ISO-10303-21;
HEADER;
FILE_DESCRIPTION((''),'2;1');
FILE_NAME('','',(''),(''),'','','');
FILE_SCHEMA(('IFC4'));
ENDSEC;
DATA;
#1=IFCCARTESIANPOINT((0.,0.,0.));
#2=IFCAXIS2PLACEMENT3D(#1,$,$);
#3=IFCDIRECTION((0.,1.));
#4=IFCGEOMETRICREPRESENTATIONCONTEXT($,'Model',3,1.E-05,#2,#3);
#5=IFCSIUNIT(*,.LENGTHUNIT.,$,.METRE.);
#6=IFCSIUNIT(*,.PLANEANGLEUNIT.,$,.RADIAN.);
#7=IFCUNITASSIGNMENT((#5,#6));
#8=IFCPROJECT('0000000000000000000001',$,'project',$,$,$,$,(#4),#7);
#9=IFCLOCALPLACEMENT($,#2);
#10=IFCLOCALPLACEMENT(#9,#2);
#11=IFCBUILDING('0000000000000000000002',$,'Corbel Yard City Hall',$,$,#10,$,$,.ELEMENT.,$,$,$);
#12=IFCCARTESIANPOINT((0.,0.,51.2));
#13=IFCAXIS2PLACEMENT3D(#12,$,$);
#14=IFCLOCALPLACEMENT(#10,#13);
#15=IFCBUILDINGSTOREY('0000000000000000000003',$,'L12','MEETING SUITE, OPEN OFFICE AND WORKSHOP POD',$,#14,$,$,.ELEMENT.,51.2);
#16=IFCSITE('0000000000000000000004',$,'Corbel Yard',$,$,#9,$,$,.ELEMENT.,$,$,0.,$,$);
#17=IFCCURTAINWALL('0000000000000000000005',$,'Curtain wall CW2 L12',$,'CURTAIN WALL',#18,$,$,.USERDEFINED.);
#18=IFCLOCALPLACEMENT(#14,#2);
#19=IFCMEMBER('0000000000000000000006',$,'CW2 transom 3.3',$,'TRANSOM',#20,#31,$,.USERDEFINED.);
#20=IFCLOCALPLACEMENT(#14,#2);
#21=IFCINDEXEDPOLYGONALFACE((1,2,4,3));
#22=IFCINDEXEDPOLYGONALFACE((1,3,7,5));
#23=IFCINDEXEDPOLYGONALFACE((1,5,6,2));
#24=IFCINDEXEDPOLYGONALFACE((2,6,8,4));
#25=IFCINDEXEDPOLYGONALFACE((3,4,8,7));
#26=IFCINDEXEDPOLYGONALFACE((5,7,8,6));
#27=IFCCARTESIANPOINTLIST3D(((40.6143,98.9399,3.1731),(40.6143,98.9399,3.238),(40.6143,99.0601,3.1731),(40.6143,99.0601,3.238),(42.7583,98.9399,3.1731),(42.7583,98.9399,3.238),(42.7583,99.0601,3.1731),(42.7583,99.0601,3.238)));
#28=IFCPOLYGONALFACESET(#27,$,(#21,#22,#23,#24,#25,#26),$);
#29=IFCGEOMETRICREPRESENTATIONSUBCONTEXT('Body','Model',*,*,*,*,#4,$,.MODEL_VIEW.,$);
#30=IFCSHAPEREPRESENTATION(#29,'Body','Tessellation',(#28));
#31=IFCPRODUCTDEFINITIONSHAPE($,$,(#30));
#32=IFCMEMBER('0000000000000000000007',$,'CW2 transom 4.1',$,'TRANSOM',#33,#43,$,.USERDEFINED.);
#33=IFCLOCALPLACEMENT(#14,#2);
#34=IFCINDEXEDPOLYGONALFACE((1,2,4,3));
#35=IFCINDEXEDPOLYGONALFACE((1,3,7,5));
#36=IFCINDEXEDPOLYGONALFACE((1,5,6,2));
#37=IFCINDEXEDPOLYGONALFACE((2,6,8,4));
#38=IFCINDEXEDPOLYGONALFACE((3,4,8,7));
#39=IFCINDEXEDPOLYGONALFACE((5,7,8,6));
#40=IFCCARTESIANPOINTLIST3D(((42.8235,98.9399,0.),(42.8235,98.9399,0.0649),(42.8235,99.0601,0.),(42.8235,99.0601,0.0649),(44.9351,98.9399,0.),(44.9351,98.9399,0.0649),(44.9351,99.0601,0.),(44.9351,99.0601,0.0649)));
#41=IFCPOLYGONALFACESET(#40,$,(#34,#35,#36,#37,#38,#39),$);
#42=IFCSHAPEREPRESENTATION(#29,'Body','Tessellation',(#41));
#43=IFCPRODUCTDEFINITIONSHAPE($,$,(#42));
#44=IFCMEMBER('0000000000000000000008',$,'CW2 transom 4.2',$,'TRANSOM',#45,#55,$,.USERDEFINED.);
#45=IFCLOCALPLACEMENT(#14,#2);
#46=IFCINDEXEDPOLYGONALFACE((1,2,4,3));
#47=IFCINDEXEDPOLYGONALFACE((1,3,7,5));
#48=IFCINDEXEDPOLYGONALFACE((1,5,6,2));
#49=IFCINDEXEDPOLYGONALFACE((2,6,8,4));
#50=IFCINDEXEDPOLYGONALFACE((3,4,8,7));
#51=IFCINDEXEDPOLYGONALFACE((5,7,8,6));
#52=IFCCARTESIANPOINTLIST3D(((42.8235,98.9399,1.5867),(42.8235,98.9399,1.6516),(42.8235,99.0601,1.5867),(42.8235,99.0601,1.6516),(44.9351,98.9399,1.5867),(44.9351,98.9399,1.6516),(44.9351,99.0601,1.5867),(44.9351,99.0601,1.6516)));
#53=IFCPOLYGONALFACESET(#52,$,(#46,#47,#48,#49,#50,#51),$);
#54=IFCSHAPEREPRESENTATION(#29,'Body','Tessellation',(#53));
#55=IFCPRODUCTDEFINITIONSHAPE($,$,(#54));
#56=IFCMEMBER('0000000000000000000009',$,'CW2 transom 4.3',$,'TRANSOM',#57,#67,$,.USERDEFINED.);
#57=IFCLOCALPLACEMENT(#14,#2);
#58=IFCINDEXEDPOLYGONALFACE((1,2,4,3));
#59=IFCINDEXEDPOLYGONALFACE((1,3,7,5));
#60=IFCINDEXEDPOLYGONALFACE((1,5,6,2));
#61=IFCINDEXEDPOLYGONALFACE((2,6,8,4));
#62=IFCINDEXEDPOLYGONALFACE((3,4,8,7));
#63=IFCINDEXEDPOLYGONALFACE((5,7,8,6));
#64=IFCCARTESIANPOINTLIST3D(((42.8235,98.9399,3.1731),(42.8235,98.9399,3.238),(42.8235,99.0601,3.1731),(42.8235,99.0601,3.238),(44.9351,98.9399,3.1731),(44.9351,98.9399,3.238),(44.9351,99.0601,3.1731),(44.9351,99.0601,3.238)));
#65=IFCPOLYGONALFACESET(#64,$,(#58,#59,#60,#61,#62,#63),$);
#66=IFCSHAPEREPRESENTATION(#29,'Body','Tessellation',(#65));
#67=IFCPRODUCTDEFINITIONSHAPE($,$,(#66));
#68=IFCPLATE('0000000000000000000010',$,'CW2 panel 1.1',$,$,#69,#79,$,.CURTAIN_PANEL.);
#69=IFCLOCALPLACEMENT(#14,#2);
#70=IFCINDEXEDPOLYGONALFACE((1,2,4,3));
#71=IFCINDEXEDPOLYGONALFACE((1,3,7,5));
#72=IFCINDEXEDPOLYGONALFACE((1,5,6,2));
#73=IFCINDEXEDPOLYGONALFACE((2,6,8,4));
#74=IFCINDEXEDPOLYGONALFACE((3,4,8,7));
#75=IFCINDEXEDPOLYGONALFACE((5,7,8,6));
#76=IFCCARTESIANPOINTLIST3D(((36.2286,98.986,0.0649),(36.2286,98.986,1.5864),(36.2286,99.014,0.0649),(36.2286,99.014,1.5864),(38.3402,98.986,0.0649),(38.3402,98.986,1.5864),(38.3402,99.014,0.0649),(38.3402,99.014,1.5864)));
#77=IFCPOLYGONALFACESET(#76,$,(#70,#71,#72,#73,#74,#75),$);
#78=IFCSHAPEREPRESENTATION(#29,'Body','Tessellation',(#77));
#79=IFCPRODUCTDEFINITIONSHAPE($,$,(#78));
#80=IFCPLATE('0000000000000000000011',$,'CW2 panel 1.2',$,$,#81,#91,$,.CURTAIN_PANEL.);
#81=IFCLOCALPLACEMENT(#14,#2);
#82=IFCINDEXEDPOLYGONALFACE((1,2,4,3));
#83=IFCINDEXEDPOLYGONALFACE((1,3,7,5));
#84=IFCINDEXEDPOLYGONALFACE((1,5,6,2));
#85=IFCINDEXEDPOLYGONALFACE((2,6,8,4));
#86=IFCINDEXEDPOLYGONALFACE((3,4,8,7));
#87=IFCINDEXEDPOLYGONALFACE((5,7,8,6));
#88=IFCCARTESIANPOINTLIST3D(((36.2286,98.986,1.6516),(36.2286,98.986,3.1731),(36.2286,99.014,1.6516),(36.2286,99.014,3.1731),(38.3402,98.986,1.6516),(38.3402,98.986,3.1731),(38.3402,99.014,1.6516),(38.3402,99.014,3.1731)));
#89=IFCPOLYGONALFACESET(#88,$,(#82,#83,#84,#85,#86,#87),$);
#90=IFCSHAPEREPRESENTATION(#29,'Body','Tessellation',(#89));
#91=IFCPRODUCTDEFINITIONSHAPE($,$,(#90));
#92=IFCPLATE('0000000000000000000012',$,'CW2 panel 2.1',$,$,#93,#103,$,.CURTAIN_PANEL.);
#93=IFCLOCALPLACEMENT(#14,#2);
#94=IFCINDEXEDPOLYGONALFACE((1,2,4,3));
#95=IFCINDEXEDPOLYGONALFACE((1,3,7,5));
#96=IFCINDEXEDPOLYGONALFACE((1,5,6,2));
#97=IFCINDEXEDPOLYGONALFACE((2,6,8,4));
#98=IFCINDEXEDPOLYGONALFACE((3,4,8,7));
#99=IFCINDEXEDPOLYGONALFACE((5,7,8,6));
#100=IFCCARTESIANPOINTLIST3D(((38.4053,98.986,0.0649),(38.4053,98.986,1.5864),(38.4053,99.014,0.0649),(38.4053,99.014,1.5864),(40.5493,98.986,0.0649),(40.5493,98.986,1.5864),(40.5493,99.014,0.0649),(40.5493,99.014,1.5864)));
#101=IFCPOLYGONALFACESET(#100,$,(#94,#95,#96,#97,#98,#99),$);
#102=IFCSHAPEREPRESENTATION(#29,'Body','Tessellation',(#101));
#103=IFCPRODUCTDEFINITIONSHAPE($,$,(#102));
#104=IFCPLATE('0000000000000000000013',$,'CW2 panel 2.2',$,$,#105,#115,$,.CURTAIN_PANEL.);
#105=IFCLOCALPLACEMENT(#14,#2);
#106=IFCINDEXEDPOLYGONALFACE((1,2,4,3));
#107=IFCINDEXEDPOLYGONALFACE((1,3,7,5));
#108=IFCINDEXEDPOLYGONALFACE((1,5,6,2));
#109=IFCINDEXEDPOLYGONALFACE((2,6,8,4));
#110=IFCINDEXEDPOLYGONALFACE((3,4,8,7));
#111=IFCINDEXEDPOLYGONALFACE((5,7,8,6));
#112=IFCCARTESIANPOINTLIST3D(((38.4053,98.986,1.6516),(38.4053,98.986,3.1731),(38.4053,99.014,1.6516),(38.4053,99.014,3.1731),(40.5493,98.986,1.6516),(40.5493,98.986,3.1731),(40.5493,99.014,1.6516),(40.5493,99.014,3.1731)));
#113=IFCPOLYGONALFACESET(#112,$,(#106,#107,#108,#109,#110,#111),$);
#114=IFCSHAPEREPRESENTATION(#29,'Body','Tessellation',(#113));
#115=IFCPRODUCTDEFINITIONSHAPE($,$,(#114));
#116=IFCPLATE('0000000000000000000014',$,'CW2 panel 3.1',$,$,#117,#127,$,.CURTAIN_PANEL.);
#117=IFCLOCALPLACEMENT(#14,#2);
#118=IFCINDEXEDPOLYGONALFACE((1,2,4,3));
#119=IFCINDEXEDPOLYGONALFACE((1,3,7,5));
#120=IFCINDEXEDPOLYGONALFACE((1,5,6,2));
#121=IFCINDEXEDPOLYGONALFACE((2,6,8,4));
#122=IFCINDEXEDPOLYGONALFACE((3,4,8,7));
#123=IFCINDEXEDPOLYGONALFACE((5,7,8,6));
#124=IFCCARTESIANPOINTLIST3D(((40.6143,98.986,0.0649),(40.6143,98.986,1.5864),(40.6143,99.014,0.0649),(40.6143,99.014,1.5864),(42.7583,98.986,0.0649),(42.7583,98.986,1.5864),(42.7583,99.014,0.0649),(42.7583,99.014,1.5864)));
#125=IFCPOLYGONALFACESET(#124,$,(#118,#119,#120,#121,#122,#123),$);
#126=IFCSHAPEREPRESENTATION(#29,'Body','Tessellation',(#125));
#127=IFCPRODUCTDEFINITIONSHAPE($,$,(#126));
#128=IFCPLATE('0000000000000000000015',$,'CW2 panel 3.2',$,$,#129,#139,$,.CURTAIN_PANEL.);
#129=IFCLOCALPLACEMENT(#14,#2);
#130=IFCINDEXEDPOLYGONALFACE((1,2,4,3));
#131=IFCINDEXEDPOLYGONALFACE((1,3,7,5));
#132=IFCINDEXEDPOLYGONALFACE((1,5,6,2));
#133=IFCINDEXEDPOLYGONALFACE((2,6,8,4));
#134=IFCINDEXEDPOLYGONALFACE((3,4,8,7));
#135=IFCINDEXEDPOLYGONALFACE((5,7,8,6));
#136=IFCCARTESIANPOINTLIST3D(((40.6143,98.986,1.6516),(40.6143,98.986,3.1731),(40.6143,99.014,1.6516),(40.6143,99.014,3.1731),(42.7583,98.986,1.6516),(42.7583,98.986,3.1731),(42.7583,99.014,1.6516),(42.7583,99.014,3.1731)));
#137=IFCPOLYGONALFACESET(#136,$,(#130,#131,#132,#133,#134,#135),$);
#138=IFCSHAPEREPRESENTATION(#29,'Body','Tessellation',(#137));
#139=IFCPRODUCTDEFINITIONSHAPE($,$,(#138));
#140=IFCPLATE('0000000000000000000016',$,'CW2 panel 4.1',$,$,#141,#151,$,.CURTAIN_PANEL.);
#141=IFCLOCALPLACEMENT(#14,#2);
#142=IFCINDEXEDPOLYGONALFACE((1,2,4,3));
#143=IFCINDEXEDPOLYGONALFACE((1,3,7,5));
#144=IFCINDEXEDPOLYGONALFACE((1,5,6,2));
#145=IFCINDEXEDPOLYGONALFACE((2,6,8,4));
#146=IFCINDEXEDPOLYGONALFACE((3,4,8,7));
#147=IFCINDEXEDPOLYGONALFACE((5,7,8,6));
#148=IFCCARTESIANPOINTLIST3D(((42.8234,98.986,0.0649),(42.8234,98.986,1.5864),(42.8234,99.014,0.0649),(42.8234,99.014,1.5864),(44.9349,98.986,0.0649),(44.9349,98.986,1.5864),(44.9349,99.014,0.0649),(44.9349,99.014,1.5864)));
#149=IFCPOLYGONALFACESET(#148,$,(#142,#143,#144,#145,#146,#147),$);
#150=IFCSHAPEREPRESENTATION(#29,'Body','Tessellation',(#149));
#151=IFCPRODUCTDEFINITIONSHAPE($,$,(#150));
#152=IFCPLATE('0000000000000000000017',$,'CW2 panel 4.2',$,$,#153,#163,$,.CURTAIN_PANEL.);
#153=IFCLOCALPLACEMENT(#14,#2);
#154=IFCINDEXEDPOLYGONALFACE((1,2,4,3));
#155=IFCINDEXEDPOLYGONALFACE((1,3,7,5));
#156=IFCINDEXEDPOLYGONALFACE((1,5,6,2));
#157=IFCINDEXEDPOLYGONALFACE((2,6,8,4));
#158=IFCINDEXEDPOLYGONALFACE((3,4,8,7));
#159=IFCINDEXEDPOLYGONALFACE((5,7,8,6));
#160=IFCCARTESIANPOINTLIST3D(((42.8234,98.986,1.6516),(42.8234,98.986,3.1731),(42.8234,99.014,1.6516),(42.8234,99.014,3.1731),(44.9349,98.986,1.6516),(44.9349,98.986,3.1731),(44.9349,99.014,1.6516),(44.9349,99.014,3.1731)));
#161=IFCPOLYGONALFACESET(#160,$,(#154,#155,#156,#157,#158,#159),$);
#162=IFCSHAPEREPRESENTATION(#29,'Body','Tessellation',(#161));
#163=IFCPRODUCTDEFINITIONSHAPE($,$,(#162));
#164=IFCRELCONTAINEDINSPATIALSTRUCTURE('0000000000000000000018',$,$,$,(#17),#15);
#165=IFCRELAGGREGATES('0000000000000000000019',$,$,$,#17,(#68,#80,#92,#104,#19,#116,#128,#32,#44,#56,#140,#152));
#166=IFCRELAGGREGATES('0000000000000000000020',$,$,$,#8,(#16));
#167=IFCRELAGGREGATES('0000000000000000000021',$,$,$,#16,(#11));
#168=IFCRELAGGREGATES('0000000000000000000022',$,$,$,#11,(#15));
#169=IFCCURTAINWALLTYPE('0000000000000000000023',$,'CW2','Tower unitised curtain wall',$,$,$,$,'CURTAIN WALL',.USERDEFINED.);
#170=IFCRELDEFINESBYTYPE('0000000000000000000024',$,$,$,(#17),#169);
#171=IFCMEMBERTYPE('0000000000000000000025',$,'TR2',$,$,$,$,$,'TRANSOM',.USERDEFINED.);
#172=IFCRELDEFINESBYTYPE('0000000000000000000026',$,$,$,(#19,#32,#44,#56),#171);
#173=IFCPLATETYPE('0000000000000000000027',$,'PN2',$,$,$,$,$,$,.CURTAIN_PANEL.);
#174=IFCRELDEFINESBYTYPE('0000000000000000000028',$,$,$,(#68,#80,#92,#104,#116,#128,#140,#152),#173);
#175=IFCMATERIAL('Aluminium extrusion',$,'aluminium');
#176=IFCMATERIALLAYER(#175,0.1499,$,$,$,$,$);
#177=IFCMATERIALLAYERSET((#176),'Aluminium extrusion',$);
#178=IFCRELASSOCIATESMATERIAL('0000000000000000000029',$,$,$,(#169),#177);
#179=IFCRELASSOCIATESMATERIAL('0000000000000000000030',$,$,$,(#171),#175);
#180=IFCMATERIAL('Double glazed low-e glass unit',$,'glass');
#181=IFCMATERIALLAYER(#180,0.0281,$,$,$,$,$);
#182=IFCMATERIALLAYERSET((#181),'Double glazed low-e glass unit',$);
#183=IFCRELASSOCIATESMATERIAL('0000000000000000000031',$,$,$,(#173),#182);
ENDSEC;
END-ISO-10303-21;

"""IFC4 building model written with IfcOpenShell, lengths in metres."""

from ifc_helpers import new_model, si_unit, direction, frame, origin, origin_2d, place, context, subcontext, project, spatial, rectangle, extrude, material, layer, layer_set, material_profile, profile_set, type_object, element, aggregate, save


model = new_model("IFC4")

# Units and contexts
model_context = context("Model", 3, precision=1e-05, world=origin(), true_north=direction((0.0, 1.0)))
body_context = subcontext(model_context, "Body", "Model", "MODEL_VIEW")
ifc_project = project(units=[si_unit("LENGTHUNIT", "METRE"), si_unit("PLANEANGLEUNIT", "RADIAN")], contexts=[model_context])

# Site, building, storey
site_placement = place(None, origin())
site = spatial("IfcSite", under=ifc_project, at=site_placement, Name="Corbel Yard", CompositionType="ELEMENT", RefElevation=0.0)
building_placement = place(site_placement, origin())
building = spatial("IfcBuilding", under=site, at=building_placement, Name="Corbel Yard City Hall", CompositionType="ELEMENT")
storey_placement = place(building_placement, frame((0.0, 0.0, 51.2)))
storey = spatial("IfcBuildingStorey", under=building, at=storey_placement, Name="L12", Description="MEETING SUITE, OPEN OFFICE AND WORKSHOP POD", CompositionType="ELEMENT", Elevation=51.2)

# Curtain wall, members, plates
ifc_material_1 = material(Name="Aluminium extrusion", Category="aluminium")
ifc_layer_1 = layer(ifc_material_1, 0.1499)
ifc_layer_set_1 = layer_set([ifc_layer_1], Name="Aluminium extrusion")
curtain_wall_type = type_object("IfcCurtainWallType", Name="CW2", Description="Tower unitised curtain wall", ElementType="CURTAIN WALL", PredefinedType="USERDEFINED", material=ifc_layer_set_1)
curtain_wall_placement = place(storey_placement, origin())
curtain_wall = element("IfcCurtainWall", 1, at=curtain_wall_placement, inside=storey, type_object=curtain_wall_type, Name="Curtain wall CW2 L12", ObjectType="CURTAIN WALL", PredefinedType="USERDEFINED")
ifc_material_profile_1 = material_profile(ifc_material_1, rectangle(XDim=0.1201, YDim=0.0649, at=origin_2d()), Name="120x65")
ifc_profile_set_1 = profile_set([ifc_material_profile_1], Name="Aluminium extrusion")
member_type_1 = type_object("IfcMemberType", Name="TR2", ElementType="TRANSOM", PredefinedType="USERDEFINED", material=ifc_profile_set_1)
member_1_placement = place(storey_placement, frame((40.6143, 99.0, 3.2056), z_axis=(1.0, 0.0, 0.0), x_axis=(0.0, 1.0, 0.0)))
member_1 = element("IfcMember", 2, at=member_1_placement, type_object=member_type_1, Name="CW2 transom 3.3", ObjectType="TRANSOM", PredefinedType="USERDEFINED", context=body_context, shape_type="SweptSolid", body=[
    extrude(rectangle(XDim=0.1201, YDim=0.0649, at=origin_2d()), origin(), (0.0, 0.0, 1.0), 2.144),
])
member_2_placement = place(storey_placement, frame((42.8235, 99.0, 0.0325), z_axis=(1.0, 0.0, 0.0), x_axis=(0.0, 1.0, 0.0)))
member_2 = element("IfcMember", 3, at=member_2_placement, type_object=member_type_1, Name="CW2 transom 4.1", ObjectType="TRANSOM", PredefinedType="USERDEFINED", context=body_context, shape_type="SweptSolid", body=[
    extrude(rectangle(XDim=0.1201, YDim=0.0649, at=origin_2d()), origin(), (0.0, 0.0, 1.0), 2.1116),
])
member_3_placement = place(storey_placement, frame((42.8235, 99.0, 1.6191), z_axis=(1.0, 0.0, 0.0), x_axis=(0.0, 1.0, 0.0)))
member_3 = element("IfcMember", 4, at=member_3_placement, type_object=member_type_1, Name="CW2 transom 4.2", ObjectType="TRANSOM", PredefinedType="USERDEFINED", context=body_context, shape_type="SweptSolid", body=[
    extrude(rectangle(XDim=0.1201, YDim=0.0649, at=origin_2d()), origin(), (0.0, 0.0, 1.0), 2.1116),
])
member_4_placement = place(storey_placement, frame((42.8235, 99.0, 3.2056), z_axis=(1.0, 0.0, 0.0), x_axis=(0.0, 1.0, 0.0)))
member_4 = element("IfcMember", 5, at=member_4_placement, type_object=member_type_1, Name="CW2 transom 4.3", ObjectType="TRANSOM", PredefinedType="USERDEFINED", context=body_context, shape_type="SweptSolid", body=[
    extrude(rectangle(XDim=0.1201, YDim=0.0649, at=origin_2d()), origin(), (0.0, 0.0, 1.0), 2.1116),
])
ifc_material_2 = material(Name="Double glazed low-e glass unit", Category="glass")
ifc_layer_2 = layer(ifc_material_2, 0.0281)
ifc_layer_set_2 = layer_set([ifc_layer_2], Name="Double glazed low-e glass unit")
plate_type = type_object("IfcPlateType", Name="PN2", PredefinedType="CURTAIN_PANEL", material=ifc_layer_set_2)
plate_1_placement = place(storey_placement, frame((37.2844, 99.0, 0.0649), z_axis=(0.0, 0.0, 1.0), x_axis=(1.0, 0.0, 0.0)))
plate_1 = element("IfcPlate", 6, at=plate_1_placement, type_object=plate_type, Name="CW2 panel 1.1", PredefinedType="CURTAIN_PANEL", context=body_context, shape_type="SweptSolid", body=[
    extrude(rectangle(XDim=2.1116, YDim=0.0281, at=origin_2d()), origin(), (0.0, 0.0, 1.0), 1.5215),
])
plate_2_placement = place(storey_placement, frame((37.2844, 99.0, 1.6516), z_axis=(0.0, 0.0, 1.0), x_axis=(1.0, 0.0, 0.0)))
plate_2 = element("IfcPlate", 7, at=plate_2_placement, type_object=plate_type, Name="CW2 panel 1.2", PredefinedType="CURTAIN_PANEL", context=body_context, shape_type="SweptSolid", body=[
    extrude(rectangle(XDim=2.1116, YDim=0.0281, at=origin_2d()), origin(), (0.0, 0.0, 1.0), 1.5215),
])
plate_3_placement = place(storey_placement, frame((39.4773, 99.0, 0.0649), z_axis=(0.0, 0.0, 1.0), x_axis=(1.0, 0.0, 0.0)))
plate_3 = element("IfcPlate", 8, at=plate_3_placement, type_object=plate_type, Name="CW2 panel 2.1", PredefinedType="CURTAIN_PANEL", context=body_context, shape_type="SweptSolid", body=[
    extrude(rectangle(XDim=2.144, YDim=0.0281, at=origin_2d()), origin(), (0.0, 0.0, 1.0), 1.5215),
])
plate_4_placement = place(storey_placement, frame((39.4773, 99.0, 1.6516), z_axis=(0.0, 0.0, 1.0), x_axis=(1.0, 0.0, 0.0)))
plate_4 = element("IfcPlate", 9, at=plate_4_placement, type_object=plate_type, Name="CW2 panel 2.2", PredefinedType="CURTAIN_PANEL", context=body_context, shape_type="SweptSolid", body=[
    extrude(rectangle(XDim=2.144, YDim=0.0281, at=origin_2d()), origin(), (0.0, 0.0, 1.0), 1.5215),
])
plate_5_placement = place(storey_placement, frame((41.6863, 99.0, 0.0649), z_axis=(0.0, 0.0, 1.0), x_axis=(1.0, 0.0, 0.0)))
plate_5 = element("IfcPlate", 10, at=plate_5_placement, type_object=plate_type, Name="CW2 panel 3.1", PredefinedType="CURTAIN_PANEL", context=body_context, shape_type="SweptSolid", body=[
    extrude(rectangle(XDim=2.144, YDim=0.0281, at=origin_2d()), origin(), (0.0, 0.0, 1.0), 1.5215),
])
plate_6_placement = place(storey_placement, frame((41.6863, 99.0, 1.6516), z_axis=(0.0, 0.0, 1.0), x_axis=(1.0, 0.0, 0.0)))
plate_6 = element("IfcPlate", 11, at=plate_6_placement, type_object=plate_type, Name="CW2 panel 3.2", PredefinedType="CURTAIN_PANEL", context=body_context, shape_type="SweptSolid", body=[
    extrude(rectangle(XDim=2.144, YDim=0.0281, at=origin_2d()), origin(), (0.0, 0.0, 1.0), 1.5215),
])
plate_7_placement = place(storey_placement, frame((43.8792, 99.0, 0.0649), z_axis=(0.0, 0.0, 1.0), x_axis=(1.0, 0.0, 0.0)))
plate_7 = element("IfcPlate", 12, at=plate_7_placement, type_object=plate_type, Name="CW2 panel 4.1", PredefinedType="CURTAIN_PANEL", context=body_context, shape_type="SweptSolid", body=[
    extrude(rectangle(XDim=2.1116, YDim=0.0281, at=origin_2d()), origin(), (0.0, 0.0, 1.0), 1.5215),
])
plate_8_placement = place(storey_placement, frame((43.8792, 99.0, 1.6516), z_axis=(0.0, 0.0, 1.0), x_axis=(1.0, 0.0, 0.0)))
plate_8 = element("IfcPlate", 13, at=plate_8_placement, type_object=plate_type, Name="CW2 panel 4.2", PredefinedType="CURTAIN_PANEL", context=body_context, shape_type="SweptSolid", body=[
    extrude(rectangle(XDim=2.1116, YDim=0.0281, at=origin_2d()), origin(), (0.0, 0.0, 1.0), 1.5215),
])
aggregate(curtain_wall, [plate_1, plate_2, plate_3, plate_4, member_1, plate_5, plate_6, member_2, member_3, member_4, plate_7, plate_8])

save(model, "model.ifc")
